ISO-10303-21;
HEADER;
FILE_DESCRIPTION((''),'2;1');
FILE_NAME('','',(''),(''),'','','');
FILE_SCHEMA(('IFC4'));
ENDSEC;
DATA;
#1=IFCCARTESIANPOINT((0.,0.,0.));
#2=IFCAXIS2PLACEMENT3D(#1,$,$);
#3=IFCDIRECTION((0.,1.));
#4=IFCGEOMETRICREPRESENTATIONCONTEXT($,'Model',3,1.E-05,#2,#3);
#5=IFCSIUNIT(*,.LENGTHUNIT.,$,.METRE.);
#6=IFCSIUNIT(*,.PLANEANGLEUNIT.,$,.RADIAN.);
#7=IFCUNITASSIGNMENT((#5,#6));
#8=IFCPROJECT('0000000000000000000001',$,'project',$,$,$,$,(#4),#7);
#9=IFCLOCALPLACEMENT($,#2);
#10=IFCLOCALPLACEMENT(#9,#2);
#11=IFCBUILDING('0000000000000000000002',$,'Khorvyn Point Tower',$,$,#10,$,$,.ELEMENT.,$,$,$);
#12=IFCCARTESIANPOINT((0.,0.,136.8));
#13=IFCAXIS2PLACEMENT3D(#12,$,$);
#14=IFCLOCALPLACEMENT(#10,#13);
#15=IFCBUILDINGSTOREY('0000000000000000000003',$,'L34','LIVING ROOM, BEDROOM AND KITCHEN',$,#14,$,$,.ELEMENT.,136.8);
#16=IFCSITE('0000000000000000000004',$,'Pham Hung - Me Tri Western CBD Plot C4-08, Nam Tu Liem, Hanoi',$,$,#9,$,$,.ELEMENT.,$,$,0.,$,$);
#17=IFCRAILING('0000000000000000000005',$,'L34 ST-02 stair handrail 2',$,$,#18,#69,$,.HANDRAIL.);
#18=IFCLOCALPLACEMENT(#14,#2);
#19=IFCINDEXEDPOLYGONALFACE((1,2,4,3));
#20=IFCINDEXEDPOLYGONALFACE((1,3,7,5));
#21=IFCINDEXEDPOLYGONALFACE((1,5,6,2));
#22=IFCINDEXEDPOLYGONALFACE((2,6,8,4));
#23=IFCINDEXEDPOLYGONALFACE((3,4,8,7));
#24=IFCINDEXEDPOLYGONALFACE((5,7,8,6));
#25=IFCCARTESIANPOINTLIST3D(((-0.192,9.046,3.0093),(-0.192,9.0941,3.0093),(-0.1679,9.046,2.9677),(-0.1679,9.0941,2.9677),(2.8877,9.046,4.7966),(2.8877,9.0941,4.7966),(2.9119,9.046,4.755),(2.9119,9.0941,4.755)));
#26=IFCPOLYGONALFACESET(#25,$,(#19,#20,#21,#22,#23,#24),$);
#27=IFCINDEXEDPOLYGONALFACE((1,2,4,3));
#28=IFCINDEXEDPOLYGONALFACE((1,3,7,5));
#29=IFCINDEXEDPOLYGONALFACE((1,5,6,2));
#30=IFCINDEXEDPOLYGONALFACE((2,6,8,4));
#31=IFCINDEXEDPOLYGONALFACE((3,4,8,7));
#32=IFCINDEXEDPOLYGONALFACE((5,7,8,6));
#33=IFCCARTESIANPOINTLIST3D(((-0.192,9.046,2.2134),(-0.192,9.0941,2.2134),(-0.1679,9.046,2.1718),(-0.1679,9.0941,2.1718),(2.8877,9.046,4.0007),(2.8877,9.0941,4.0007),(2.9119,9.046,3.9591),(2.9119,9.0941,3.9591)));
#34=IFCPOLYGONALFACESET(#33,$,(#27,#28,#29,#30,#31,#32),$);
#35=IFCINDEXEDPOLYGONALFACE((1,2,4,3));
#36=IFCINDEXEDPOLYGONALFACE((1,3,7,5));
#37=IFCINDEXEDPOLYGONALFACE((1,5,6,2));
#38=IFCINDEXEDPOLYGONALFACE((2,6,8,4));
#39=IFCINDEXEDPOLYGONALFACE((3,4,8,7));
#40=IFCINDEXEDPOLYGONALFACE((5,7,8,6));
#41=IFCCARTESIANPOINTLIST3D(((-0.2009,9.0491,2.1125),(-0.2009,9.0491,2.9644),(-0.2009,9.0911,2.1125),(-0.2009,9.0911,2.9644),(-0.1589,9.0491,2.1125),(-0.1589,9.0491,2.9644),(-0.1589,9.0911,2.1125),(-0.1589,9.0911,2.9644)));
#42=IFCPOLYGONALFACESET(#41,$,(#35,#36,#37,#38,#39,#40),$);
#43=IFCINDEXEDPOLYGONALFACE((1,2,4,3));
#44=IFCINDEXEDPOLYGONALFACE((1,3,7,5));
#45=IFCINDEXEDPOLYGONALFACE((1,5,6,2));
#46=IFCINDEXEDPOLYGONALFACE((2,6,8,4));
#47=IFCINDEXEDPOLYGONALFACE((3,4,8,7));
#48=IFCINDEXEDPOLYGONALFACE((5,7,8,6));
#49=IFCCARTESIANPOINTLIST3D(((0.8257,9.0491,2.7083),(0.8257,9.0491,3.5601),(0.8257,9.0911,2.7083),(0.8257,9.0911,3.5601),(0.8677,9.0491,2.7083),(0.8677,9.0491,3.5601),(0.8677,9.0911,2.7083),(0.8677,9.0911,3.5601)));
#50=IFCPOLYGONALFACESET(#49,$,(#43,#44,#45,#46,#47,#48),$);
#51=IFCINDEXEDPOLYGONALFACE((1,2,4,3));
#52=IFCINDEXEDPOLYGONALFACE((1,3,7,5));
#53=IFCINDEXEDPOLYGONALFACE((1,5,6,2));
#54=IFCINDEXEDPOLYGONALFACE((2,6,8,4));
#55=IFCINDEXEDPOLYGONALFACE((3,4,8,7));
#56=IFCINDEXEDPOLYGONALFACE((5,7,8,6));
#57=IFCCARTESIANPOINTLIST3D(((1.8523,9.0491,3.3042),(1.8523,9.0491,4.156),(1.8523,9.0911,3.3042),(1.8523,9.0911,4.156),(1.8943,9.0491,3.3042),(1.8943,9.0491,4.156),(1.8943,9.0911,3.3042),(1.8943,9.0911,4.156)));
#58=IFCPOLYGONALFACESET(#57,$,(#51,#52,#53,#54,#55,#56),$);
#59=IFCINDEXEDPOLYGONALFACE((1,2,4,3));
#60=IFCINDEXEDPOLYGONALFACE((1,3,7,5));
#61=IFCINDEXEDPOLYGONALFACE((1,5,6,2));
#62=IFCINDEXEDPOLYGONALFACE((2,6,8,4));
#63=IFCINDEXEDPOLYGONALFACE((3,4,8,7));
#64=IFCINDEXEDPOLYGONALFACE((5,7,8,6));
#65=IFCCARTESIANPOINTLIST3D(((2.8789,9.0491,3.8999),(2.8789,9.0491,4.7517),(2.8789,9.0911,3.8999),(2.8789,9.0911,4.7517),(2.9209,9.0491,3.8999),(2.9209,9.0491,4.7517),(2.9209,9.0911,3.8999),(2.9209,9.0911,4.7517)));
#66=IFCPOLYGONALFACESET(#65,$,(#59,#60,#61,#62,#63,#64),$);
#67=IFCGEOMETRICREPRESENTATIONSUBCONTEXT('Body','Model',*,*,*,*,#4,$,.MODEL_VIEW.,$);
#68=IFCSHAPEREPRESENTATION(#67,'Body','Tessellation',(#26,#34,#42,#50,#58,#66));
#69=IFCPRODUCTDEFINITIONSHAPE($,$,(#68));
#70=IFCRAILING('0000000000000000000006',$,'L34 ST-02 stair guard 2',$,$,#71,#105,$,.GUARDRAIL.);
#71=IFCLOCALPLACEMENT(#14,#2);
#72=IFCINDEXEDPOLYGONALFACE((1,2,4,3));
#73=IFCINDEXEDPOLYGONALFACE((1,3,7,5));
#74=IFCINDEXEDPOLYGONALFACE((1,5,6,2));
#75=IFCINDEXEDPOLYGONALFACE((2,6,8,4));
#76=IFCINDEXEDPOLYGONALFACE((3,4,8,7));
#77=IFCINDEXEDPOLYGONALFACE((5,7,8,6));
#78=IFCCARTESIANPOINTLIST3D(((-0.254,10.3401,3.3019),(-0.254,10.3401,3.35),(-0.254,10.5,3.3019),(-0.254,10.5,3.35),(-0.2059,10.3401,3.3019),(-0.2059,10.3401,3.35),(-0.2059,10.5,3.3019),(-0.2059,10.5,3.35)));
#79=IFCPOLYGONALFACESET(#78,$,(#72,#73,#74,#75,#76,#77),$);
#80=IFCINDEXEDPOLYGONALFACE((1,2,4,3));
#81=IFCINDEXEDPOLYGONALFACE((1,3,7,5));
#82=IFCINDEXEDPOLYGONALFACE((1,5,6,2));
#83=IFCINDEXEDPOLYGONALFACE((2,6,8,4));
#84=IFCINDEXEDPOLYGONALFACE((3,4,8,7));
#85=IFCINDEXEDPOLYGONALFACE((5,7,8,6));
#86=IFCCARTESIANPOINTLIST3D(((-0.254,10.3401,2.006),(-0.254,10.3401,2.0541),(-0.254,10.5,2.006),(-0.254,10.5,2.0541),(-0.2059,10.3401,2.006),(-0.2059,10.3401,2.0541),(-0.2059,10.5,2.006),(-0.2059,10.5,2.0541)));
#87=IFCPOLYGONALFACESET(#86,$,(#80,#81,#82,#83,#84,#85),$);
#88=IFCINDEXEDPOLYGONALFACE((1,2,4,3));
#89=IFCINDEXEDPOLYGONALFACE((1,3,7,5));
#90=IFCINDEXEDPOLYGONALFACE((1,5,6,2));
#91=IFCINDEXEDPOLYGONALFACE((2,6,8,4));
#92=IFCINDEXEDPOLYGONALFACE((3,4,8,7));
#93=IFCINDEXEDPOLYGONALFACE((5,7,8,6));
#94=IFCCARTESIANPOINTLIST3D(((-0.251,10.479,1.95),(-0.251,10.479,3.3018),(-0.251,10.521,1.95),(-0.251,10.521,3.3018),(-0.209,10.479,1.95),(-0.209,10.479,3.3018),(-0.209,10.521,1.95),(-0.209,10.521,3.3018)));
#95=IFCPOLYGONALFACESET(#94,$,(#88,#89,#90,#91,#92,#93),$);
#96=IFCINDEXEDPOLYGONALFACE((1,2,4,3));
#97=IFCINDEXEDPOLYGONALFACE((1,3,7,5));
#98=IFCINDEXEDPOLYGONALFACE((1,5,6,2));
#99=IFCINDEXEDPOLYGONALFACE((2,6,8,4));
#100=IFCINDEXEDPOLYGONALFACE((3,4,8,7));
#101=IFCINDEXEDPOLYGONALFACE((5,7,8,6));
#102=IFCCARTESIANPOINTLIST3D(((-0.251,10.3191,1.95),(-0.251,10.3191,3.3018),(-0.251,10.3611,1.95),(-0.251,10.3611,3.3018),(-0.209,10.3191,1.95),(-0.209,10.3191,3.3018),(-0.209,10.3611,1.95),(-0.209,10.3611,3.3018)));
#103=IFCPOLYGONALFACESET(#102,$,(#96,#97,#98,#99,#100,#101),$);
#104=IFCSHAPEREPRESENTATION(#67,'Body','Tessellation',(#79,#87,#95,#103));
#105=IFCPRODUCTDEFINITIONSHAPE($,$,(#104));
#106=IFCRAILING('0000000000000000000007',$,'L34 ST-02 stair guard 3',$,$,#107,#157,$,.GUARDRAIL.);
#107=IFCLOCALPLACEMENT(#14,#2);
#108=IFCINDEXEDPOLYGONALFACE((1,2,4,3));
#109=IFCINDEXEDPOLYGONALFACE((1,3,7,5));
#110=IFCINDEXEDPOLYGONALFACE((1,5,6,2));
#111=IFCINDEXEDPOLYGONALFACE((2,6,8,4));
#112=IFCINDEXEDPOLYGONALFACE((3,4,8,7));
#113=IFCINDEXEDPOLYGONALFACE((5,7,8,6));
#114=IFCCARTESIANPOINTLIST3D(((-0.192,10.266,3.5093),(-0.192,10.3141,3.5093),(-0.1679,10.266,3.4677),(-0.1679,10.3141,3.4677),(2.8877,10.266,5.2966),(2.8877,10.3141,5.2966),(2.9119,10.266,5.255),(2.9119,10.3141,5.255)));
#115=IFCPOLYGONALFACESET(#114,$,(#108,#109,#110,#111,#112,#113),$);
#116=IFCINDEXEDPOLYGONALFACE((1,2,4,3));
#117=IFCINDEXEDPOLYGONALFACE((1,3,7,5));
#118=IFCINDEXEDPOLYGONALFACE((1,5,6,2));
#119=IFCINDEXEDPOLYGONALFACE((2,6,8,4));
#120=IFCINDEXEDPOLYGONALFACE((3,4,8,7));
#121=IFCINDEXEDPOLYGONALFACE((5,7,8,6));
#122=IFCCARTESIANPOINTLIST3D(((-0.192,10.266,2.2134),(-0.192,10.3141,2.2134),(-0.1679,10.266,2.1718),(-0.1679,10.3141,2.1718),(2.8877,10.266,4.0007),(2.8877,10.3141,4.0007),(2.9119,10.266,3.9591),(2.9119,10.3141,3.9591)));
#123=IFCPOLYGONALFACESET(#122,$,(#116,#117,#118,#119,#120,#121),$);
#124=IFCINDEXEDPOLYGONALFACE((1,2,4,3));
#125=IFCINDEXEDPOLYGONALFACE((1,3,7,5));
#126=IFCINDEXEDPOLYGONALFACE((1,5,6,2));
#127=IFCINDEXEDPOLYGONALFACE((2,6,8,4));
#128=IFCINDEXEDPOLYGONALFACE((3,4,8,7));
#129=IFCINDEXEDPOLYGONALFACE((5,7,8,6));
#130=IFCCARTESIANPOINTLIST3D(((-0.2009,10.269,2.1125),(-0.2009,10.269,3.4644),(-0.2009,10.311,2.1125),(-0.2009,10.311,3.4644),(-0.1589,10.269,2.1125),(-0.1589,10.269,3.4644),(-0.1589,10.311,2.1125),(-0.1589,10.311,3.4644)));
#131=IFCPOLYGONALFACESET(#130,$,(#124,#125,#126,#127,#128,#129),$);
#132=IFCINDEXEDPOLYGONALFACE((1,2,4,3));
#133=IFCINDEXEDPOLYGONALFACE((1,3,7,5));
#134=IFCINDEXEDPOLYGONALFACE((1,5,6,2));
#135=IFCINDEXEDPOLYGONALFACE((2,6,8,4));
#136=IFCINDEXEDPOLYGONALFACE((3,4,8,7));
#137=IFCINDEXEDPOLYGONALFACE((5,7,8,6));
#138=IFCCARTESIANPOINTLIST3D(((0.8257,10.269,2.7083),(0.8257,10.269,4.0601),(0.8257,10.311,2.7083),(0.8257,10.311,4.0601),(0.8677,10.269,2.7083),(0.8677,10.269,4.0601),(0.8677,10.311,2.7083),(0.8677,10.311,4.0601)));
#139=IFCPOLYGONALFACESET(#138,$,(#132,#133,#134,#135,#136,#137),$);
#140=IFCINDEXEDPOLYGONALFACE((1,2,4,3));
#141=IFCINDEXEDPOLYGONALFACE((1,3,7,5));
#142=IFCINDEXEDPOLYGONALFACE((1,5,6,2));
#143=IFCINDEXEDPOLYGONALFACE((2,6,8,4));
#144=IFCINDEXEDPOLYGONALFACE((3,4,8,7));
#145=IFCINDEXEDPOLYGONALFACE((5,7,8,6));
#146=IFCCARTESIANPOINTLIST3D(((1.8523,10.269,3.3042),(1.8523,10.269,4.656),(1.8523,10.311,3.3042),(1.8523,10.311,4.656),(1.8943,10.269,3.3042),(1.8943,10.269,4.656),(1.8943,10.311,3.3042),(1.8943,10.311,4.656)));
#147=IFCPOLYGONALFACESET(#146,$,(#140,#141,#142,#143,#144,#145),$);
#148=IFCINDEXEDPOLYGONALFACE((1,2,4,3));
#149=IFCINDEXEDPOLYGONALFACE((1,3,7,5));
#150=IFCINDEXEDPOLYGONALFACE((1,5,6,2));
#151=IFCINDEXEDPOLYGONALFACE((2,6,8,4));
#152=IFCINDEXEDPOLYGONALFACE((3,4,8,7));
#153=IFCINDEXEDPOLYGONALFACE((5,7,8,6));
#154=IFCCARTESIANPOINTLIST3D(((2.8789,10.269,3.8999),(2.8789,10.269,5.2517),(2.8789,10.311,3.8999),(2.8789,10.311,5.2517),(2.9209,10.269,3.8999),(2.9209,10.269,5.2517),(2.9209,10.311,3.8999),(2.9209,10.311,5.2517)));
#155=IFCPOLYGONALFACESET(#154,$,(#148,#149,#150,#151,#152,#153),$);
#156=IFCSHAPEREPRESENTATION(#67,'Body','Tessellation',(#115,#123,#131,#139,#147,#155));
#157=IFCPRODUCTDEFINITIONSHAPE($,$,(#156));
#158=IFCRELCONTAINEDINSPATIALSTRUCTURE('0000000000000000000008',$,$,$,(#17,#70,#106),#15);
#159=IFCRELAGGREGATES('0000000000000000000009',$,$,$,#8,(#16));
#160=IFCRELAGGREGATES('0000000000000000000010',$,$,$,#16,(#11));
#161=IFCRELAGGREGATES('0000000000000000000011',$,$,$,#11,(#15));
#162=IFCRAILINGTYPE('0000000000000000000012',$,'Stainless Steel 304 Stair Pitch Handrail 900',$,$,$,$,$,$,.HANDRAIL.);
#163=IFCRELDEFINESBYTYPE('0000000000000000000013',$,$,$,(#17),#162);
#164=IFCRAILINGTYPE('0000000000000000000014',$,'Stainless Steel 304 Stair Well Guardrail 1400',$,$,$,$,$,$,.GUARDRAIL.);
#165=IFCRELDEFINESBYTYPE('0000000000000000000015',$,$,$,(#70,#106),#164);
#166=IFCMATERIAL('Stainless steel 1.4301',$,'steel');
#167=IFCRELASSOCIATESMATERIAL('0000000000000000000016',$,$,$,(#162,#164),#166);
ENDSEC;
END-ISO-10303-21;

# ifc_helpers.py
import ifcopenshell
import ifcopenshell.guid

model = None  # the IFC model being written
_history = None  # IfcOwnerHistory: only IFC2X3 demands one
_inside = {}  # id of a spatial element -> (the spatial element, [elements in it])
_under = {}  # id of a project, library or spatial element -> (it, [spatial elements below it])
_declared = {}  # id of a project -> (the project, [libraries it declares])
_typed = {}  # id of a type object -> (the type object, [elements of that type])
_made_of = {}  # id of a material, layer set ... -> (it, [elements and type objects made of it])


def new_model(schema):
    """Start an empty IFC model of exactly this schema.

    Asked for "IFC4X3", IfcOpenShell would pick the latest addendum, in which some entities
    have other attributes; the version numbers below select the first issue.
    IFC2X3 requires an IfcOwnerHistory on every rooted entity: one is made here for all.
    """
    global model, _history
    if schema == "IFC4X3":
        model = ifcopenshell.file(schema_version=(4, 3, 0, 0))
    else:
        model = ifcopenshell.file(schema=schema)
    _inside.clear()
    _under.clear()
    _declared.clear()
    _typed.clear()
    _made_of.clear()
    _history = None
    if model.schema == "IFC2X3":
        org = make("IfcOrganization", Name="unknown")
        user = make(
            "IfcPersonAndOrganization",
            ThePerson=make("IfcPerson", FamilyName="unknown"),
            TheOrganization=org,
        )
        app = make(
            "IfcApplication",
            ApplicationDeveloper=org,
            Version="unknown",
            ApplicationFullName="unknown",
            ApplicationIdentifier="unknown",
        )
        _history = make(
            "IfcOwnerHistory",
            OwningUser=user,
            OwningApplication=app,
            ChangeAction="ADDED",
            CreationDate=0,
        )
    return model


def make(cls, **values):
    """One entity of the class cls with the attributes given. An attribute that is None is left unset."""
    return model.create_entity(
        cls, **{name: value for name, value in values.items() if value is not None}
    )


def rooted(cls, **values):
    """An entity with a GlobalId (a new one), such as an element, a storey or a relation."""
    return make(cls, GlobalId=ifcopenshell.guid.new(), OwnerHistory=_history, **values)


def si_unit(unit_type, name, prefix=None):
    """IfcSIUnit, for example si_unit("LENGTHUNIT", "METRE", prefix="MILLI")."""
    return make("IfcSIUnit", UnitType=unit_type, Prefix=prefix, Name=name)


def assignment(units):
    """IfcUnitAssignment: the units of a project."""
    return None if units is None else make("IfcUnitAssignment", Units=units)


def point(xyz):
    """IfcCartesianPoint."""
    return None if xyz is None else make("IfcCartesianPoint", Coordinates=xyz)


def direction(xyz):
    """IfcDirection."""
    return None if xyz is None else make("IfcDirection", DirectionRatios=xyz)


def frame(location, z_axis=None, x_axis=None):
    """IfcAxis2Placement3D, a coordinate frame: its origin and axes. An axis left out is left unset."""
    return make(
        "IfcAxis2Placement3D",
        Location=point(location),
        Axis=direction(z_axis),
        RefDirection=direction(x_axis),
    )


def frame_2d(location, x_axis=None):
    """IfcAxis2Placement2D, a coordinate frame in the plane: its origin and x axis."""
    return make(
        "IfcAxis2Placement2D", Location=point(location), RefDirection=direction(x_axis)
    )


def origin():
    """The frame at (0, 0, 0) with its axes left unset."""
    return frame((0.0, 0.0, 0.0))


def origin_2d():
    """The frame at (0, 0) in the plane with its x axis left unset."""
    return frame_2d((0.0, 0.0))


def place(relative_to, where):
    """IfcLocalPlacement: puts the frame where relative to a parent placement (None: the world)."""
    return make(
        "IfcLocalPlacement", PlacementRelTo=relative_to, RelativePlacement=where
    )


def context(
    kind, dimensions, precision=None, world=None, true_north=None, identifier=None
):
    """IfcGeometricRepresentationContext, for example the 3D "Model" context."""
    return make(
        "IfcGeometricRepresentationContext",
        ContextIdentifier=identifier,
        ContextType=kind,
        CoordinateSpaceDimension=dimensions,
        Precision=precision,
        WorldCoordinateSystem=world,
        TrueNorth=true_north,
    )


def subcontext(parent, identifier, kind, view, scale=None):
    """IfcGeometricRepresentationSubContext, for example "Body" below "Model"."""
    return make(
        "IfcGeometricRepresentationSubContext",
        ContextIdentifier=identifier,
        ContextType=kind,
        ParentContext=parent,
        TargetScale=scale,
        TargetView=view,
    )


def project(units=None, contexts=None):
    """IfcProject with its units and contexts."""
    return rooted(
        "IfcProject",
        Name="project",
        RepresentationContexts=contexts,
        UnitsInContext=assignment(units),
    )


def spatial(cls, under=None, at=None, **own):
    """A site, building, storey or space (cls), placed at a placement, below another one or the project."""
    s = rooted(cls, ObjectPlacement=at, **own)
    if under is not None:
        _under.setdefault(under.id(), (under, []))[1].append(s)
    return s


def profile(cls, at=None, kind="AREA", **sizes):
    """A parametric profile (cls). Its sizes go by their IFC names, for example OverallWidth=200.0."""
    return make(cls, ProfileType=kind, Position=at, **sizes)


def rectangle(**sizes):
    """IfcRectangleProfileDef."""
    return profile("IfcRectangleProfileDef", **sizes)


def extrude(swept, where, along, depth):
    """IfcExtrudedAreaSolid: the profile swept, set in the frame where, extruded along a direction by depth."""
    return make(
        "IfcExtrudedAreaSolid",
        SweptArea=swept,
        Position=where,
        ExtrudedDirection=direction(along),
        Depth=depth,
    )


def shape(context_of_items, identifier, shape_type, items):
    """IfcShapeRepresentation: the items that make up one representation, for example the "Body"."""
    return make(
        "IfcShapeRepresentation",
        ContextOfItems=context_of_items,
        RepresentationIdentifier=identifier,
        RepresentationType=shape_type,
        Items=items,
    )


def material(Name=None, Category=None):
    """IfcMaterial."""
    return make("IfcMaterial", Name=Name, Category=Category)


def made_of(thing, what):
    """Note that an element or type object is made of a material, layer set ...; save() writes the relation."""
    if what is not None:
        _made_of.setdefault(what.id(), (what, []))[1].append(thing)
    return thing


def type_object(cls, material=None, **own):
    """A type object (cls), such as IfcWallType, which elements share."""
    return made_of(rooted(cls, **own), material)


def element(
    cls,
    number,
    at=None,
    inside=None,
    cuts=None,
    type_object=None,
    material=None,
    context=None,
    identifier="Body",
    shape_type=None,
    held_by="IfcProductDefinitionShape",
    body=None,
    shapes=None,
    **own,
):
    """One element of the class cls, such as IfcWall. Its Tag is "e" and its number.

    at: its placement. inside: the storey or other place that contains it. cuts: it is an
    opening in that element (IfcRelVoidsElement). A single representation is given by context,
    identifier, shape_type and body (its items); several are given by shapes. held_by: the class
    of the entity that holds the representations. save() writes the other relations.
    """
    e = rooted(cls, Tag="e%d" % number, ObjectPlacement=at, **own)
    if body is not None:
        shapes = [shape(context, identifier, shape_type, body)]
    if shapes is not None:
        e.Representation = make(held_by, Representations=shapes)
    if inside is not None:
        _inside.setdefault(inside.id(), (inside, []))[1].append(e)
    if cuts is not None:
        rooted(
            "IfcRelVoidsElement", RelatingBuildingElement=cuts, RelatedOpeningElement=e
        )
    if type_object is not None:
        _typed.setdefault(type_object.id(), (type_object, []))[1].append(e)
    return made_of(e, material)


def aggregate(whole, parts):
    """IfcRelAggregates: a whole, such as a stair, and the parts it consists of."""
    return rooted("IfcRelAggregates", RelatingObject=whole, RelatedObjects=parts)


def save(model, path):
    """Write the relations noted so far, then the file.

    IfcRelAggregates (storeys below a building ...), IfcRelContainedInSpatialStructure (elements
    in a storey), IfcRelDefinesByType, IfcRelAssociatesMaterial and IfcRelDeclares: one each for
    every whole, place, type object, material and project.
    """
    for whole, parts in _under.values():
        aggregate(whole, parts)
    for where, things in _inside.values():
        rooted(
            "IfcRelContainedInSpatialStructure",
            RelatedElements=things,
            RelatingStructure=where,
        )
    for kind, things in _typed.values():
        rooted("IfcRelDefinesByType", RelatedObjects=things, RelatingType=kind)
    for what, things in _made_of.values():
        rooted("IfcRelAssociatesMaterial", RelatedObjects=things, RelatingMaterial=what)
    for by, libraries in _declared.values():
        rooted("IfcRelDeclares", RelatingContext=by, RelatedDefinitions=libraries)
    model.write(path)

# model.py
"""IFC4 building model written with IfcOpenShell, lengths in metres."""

from ifc_helpers import new_model, si_unit, direction, frame, origin, origin_2d, place, context, subcontext, project, spatial, rectangle, extrude, material, type_object, element, save


model = new_model("IFC4")

# Units and contexts
model_context = context("Model", 3, precision=1e-05, world=origin(), true_north=direction((0.0, 1.0)))
body_context = subcontext(model_context, "Body", "Model", "MODEL_VIEW")
ifc_project = project(units=[si_unit("LENGTHUNIT", "METRE"), si_unit("PLANEANGLEUNIT", "RADIAN")], contexts=[model_context])

# Site, building, storey
site_placement = place(None, origin())
site = spatial("IfcSite", under=ifc_project, at=site_placement, Name="Pham Hung - Me Tri Western CBD Plot C4-08, Nam Tu Liem, Hanoi", CompositionType="ELEMENT", RefElevation=0.0)
building_placement = place(site_placement, origin())
building = spatial("IfcBuilding", under=site, at=building_placement, Name="Khorvyn Point Tower", CompositionType="ELEMENT")
storey_placement = place(building_placement, frame((0.0, 0.0, 136.8)))
storey = spatial("IfcBuildingStorey", under=building, at=storey_placement, Name="L34", Description="LIVING ROOM, BEDROOM AND KITCHEN", CompositionType="ELEMENT", Elevation=136.8)

# Railings
ifc_material_1 = material(Name="Stainless steel 1.4301", Category="steel")
railing_type_1 = type_object("IfcRailingType", Name="Stainless Steel 304 Stair Pitch Handrail 900", PredefinedType="HANDRAIL", material=ifc_material_1)
railing_1_placement = place(storey_placement, frame((-0.1799, 9.0701, 2.1125)))
element("IfcRailing", 1, at=railing_1_placement, inside=storey, type_object=railing_type_1, Name="L34 ST-02 stair handrail 2", PredefinedType="HANDRAIL", context=body_context, shape_type="SweptSolid", body=[
    extrude(rectangle(XDim=0.0481, YDim=0.0481, at=origin_2d()), frame((0.0, 0.0, 0.876), z_axis=(0.864903, 0.0, 0.501939), x_axis=(0.0, 1.0, 0.0)), (0.0, 0.0, 1.0), 3.5608),
    extrude(rectangle(XDim=0.0481, YDim=0.0481, at=origin_2d()), frame((0.0, 0.0, 0.0801), z_axis=(0.864903, 0.0, 0.501939), x_axis=(0.0, 1.0, 0.0)), (0.0, 0.0, 1.0), 3.5608),
    extrude(rectangle(XDim=0.042, YDim=0.042, at=origin_2d()), origin(), (0.0, 0.0, 1.0), 0.8518),
    extrude(rectangle(XDim=0.042, YDim=0.042, at=origin_2d()), frame((1.0266, 0.0, 0.5957)), (0.0, 0.0, 1.0), 0.8518),
    extrude(rectangle(XDim=0.042, YDim=0.042, at=origin_2d()), frame((2.0532, 0.0, 1.1917)), (0.0, 0.0, 1.0), 0.8518),
    extrude(rectangle(XDim=0.042, YDim=0.042, at=origin_2d()), frame((3.0798, 0.0, 1.7874)), (0.0, 0.0, 1.0), 0.8518),
])
railing_type_2 = type_object("IfcRailingType", Name="Stainless Steel 304 Stair Well Guardrail 1400", PredefinedType="GUARDRAIL", material=ifc_material_1)
railing_2_placement = place(storey_placement, frame((-0.23, 10.5, 1.95)))
element("IfcRailing", 2, at=railing_2_placement, inside=storey, type_object=railing_type_2, Name="L34 ST-02 stair guard 2", PredefinedType="GUARDRAIL", context=body_context, shape_type="SweptSolid", body=[
    extrude(rectangle(XDim=0.0481, YDim=0.0481, at=origin_2d()), frame((0.0, 0.0, 1.376), z_axis=(0.0, -1.0, 0.0), x_axis=(1.0, 0.0, 0.0)), (0.0, 0.0, 1.0), 0.1599),
    extrude(rectangle(XDim=0.0481, YDim=0.0481, at=origin_2d()), frame((0.0, 0.0, 0.0801), z_axis=(0.0, -1.0, 0.0), x_axis=(1.0, 0.0, 0.0)), (0.0, 0.0, 1.0), 0.1599),
    extrude(rectangle(XDim=0.042, YDim=0.042, at=origin_2d()), origin(), (0.0, 0.0, 1.0), 1.3518),
    extrude(rectangle(XDim=0.042, YDim=0.042, at=origin_2d()), frame((0.0, -0.1599, 0.0)), (0.0, 0.0, 1.0), 1.3518),
])
railing_3_placement = place(storey_placement, frame((-0.1799, 10.29, 2.1125)))
element("IfcRailing", 3, at=railing_3_placement, inside=storey, type_object=railing_type_2, Name="L34 ST-02 stair guard 3", PredefinedType="GUARDRAIL", context=body_context, shape_type="SweptSolid", body=[
    extrude(rectangle(XDim=0.0481, YDim=0.0481, at=origin_2d()), frame((0.0, 0.0, 1.376), z_axis=(0.864903, 0.0, 0.501939), x_axis=(0.0, 1.0, 0.0)), (0.0, 0.0, 1.0), 3.5608),
    extrude(rectangle(XDim=0.0481, YDim=0.0481, at=origin_2d()), frame((0.0, 0.0, 0.0801), z_axis=(0.864903, 0.0, 0.501939), x_axis=(0.0, 1.0, 0.0)), (0.0, 0.0, 1.0), 3.5608),
    extrude(rectangle(XDim=0.042, YDim=0.042, at=origin_2d()), origin(), (0.0, 0.0, 1.0), 1.3518),
    extrude(rectangle(XDim=0.042, YDim=0.042, at=origin_2d()), frame((1.0266, 0.0, 0.5957)), (0.0, 0.0, 1.0), 1.3518),
    extrude(rectangle(XDim=0.042, YDim=0.042, at=origin_2d()), frame((2.0532, 0.0, 1.1917)), (0.0, 0.0, 1.0), 1.3518),
    extrude(rectangle(XDim=0.042, YDim=0.042, at=origin_2d()), frame((3.0798, 0.0, 1.7874)), (0.0, 0.0, 1.0), 1.3518),
])

save(model, "model.ifc")
